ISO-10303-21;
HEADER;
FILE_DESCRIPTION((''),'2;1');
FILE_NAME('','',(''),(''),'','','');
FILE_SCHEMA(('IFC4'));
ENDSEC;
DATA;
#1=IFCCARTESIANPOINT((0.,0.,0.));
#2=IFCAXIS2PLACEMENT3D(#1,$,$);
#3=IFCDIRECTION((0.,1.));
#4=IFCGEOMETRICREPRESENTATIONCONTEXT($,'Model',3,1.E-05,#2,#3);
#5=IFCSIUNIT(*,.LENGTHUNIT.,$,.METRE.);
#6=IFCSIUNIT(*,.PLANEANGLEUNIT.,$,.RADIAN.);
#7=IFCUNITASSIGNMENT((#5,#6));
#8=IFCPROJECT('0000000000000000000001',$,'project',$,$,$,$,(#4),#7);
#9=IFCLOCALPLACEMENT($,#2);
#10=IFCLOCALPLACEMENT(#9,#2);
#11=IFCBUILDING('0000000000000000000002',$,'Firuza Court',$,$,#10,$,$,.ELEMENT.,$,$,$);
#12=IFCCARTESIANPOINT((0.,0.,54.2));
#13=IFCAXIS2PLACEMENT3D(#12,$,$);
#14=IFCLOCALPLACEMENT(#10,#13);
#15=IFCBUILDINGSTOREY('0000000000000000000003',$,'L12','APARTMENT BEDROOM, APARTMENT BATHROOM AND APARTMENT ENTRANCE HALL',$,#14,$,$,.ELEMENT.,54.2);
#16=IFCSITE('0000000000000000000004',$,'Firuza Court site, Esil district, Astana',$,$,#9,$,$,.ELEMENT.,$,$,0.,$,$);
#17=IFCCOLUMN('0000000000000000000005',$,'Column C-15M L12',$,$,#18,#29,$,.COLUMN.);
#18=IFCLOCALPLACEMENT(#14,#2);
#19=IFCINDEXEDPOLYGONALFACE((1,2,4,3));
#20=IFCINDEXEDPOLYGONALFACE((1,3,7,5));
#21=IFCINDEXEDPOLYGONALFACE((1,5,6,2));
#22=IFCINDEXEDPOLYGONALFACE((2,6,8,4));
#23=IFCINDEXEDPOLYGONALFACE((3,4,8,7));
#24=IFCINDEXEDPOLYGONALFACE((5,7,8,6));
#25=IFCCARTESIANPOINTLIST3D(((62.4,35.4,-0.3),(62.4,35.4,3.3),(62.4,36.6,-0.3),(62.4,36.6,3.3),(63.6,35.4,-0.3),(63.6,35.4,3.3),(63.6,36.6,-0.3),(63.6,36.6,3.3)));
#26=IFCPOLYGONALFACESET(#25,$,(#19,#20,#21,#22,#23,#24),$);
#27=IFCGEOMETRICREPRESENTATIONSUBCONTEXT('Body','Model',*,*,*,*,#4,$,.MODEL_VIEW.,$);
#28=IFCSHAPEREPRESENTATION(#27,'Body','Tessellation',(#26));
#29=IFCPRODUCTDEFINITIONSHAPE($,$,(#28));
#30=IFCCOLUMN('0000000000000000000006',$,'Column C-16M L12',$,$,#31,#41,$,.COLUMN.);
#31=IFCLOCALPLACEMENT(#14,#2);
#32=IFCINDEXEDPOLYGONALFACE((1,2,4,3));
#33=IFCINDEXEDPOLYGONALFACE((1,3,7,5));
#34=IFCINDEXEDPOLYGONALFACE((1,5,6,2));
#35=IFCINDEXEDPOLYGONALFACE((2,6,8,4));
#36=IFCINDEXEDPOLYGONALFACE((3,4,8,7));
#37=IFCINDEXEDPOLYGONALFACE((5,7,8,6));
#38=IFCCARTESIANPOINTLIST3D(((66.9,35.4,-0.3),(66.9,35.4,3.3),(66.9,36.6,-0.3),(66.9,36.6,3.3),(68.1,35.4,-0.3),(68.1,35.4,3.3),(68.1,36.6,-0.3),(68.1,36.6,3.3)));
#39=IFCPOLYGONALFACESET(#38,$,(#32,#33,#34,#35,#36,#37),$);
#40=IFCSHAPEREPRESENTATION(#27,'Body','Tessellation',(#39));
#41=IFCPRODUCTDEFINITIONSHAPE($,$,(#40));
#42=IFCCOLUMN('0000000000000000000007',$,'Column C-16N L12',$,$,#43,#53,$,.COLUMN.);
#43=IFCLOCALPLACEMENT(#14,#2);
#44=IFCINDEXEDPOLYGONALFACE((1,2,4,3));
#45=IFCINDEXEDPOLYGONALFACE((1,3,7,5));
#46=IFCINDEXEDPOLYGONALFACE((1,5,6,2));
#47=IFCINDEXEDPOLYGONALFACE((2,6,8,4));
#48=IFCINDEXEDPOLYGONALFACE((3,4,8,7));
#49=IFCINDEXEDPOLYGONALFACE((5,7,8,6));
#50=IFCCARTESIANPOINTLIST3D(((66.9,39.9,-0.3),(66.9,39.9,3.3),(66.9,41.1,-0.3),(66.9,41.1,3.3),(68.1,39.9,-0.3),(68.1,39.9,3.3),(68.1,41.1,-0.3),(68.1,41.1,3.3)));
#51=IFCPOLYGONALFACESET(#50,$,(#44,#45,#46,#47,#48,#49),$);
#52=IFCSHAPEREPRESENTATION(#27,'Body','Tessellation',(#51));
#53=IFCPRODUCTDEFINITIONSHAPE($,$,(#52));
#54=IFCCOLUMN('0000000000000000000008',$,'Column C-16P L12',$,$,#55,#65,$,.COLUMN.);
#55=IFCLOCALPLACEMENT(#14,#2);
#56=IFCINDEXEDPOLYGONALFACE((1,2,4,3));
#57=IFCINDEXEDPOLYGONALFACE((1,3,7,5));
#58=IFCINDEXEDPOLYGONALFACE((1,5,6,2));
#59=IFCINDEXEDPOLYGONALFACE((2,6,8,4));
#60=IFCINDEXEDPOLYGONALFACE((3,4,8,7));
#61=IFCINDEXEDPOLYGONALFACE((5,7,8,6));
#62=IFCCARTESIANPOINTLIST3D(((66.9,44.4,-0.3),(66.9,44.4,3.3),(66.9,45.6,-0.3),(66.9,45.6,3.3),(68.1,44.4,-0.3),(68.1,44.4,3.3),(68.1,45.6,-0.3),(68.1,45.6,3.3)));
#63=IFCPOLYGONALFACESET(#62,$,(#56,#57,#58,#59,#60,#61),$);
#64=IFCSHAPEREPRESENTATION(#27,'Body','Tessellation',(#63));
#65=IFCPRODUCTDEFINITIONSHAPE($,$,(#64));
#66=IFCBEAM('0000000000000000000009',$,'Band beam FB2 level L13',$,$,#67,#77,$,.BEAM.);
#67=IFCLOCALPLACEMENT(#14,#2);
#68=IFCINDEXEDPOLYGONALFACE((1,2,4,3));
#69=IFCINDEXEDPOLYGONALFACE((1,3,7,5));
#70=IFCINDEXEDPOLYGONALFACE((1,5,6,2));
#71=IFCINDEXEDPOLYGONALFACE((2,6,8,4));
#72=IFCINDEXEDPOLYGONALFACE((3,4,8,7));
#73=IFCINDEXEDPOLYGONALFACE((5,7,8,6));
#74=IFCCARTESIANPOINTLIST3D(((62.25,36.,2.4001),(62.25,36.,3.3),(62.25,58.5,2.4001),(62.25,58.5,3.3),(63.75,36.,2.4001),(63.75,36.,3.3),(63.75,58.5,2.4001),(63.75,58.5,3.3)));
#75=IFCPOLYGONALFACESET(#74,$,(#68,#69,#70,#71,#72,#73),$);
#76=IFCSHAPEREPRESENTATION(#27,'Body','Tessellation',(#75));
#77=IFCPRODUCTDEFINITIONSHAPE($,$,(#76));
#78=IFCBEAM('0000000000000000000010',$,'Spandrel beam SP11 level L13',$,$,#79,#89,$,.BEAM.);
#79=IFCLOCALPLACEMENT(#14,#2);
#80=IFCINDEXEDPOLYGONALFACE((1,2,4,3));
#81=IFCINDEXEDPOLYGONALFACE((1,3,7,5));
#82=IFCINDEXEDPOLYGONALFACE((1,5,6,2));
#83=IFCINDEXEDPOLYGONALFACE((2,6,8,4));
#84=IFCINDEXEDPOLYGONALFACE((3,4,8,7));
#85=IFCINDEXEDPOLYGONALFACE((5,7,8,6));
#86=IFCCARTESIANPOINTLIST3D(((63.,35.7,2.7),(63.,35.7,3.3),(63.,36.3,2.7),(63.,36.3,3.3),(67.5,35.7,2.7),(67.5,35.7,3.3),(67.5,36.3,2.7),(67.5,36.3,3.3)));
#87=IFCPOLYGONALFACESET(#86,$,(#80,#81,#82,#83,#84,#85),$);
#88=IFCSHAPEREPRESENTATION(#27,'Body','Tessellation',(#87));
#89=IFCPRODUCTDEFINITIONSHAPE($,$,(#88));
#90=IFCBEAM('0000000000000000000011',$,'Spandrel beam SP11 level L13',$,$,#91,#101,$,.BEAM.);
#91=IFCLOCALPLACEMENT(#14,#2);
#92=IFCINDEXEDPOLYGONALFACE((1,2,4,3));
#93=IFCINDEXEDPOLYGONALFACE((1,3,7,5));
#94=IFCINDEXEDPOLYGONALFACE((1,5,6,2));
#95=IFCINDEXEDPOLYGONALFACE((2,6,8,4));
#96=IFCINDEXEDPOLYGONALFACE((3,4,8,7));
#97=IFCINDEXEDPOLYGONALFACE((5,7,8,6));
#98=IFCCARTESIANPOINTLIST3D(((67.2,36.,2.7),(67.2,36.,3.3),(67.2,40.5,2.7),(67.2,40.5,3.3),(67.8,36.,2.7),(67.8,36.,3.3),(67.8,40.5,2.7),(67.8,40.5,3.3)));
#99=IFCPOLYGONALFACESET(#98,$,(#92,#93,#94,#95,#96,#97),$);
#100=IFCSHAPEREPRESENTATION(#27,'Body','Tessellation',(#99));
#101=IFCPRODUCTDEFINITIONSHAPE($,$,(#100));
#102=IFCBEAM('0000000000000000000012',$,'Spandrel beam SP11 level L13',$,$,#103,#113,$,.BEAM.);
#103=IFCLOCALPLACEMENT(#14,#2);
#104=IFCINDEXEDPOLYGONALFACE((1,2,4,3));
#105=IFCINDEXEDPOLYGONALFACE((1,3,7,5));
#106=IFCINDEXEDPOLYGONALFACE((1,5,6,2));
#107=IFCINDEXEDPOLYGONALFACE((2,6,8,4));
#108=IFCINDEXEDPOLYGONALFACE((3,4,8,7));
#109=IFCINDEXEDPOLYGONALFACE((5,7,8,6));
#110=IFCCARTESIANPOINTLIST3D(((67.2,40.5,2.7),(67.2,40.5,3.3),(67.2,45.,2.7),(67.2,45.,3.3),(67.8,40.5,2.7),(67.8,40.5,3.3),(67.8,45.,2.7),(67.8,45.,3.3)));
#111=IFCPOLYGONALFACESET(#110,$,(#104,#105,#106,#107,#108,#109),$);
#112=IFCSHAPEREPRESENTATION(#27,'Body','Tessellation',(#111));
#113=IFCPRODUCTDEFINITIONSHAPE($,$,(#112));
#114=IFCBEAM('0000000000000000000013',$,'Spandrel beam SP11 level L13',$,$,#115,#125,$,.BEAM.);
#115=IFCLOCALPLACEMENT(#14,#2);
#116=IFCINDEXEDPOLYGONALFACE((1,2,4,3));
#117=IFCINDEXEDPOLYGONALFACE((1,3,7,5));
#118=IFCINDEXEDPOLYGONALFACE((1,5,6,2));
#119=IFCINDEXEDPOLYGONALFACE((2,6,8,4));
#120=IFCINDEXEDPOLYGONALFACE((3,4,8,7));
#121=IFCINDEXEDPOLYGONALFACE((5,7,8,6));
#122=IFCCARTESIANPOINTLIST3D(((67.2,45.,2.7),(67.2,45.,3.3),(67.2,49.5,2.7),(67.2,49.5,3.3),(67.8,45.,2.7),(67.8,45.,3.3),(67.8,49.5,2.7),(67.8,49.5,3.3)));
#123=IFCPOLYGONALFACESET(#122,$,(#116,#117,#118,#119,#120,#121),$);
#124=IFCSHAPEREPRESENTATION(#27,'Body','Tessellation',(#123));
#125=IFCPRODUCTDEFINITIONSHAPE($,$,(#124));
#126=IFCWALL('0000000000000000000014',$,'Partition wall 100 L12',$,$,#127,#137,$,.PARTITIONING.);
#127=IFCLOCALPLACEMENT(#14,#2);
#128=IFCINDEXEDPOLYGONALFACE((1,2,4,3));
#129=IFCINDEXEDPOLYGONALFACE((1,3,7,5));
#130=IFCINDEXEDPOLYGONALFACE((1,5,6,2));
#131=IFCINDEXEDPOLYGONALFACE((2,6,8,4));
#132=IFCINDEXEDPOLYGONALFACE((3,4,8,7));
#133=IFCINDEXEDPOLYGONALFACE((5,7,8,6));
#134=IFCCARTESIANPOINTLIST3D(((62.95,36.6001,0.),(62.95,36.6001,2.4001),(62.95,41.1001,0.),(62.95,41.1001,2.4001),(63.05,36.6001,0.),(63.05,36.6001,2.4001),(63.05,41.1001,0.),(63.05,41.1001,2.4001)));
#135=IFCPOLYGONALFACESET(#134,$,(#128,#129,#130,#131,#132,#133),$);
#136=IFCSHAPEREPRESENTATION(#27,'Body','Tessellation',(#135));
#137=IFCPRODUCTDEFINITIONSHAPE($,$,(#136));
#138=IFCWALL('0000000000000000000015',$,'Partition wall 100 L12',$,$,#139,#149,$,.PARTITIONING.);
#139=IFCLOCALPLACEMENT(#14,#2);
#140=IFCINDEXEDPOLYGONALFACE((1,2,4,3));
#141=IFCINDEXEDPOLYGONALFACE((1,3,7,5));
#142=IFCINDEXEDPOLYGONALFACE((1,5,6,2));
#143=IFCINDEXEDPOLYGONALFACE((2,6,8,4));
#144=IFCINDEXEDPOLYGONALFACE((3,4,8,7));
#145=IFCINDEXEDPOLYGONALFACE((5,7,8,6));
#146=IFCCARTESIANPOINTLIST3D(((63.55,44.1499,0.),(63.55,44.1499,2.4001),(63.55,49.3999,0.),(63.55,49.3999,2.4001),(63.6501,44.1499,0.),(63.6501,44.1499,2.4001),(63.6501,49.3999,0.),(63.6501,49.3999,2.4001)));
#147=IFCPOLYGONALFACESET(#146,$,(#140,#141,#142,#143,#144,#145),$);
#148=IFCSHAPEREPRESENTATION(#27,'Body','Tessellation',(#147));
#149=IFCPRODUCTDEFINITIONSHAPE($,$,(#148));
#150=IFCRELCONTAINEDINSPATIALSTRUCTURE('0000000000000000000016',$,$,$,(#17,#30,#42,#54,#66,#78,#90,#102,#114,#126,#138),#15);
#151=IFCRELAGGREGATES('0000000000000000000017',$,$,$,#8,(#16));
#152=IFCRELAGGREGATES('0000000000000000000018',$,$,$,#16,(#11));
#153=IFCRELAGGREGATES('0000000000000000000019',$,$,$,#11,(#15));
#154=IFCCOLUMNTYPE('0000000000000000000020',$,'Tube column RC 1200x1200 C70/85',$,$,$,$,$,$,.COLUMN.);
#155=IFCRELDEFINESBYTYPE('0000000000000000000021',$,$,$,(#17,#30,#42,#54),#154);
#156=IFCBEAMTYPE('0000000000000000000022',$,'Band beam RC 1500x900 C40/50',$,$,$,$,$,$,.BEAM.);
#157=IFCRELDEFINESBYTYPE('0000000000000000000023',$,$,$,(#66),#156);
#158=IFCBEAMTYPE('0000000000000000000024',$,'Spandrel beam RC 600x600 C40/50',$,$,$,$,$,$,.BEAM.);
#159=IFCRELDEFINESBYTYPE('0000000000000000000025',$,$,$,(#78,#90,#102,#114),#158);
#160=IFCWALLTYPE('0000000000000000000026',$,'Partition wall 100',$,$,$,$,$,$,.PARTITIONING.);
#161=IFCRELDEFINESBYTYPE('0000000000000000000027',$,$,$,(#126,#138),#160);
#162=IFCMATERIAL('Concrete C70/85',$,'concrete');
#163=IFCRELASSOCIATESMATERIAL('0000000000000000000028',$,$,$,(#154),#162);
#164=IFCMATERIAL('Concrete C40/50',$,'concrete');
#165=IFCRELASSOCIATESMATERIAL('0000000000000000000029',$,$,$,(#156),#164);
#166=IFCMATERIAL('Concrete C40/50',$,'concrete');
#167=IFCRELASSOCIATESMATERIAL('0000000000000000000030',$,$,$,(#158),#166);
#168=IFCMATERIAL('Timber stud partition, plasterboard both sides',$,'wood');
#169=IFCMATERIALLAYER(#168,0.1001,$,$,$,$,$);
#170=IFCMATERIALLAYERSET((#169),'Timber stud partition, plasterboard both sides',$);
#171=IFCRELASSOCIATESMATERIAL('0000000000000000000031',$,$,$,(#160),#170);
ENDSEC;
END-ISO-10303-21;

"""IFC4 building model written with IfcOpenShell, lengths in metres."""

from ifc_helpers import new_model, si_unit, direction, frame, frame_2d, origin, origin_2d, place, context, subcontext, project, spatial, rectangle, extrude, material, layer, layer_set, material_profile, profile_set, type_object, element, save


model = new_model("IFC4")

# Units and contexts
model_context = context("Model", 3, precision=1e-05, world=origin(), true_north=direction((0.0, 1.0)))
body_context = subcontext(model_context, "Body", "Model", "MODEL_VIEW")
ifc_project = project(units=[si_unit("LENGTHUNIT", "METRE"), si_unit("PLANEANGLEUNIT", "RADIAN")], contexts=[model_context])

# Site, building, storey
site_placement = place(None, origin())
site = spatial("IfcSite", under=ifc_project, at=site_placement, Name="Firuza Court site, Esil district, Astana", CompositionType="ELEMENT", RefElevation=0.0)
building_placement = place(site_placement, origin())
building = spatial("IfcBuilding", under=site, at=building_placement, Name="Firuza Court", CompositionType="ELEMENT")
storey_placement = place(building_placement, frame((0.0, 0.0, 54.2)))
storey = spatial("IfcBuildingStorey", under=building, at=storey_placement, Name="L12", Description="APARTMENT BEDROOM, APARTMENT BATHROOM AND APARTMENT ENTRANCE HALL", CompositionType="ELEMENT", Elevation=54.2)

# Columns
ifc_material_1 = material(Name="Concrete C70/85", Category="concrete")
ifc_material_profile_1 = material_profile(ifc_material_1, rectangle(XDim=1.2, YDim=1.2, at=origin_2d()), Name="RC 1200x1200")
ifc_profile_set_1 = profile_set([ifc_material_profile_1], Name="Concrete C70/85")
column_type = type_object("IfcColumnType", Name="Tube column RC 1200x1200 C70/85", PredefinedType="COLUMN", material=ifc_profile_set_1)
for number, where, z_axis, x_axis, name in (
    (1, (63.0, 36.0, -0.3), (0.0, 0.0, 1.0), (1.0, 0.0, 0.0), "Column C-15M L12"),
    (2, (67.5, 36.0, -0.3), (0.0, 0.0, 1.0), (1.0, 0.0, 0.0), "Column C-16M L12"),
    (3, (67.5, 40.5, -0.3), (0.0, 0.0, 1.0), (1.0, 0.0, 0.0), "Column C-16N L12"),
    (4, (67.5, 45.0, -0.3), (0.0, 0.0, 1.0), (1.0, 0.0, 0.0), "Column C-16P L12"),
):
    element("IfcColumn", number, at=place(storey_placement, frame(where, z_axis=z_axis, x_axis=x_axis)), inside=storey, type_object=column_type, Name=name, PredefinedType="COLUMN", context=body_context, shape_type="SweptSolid", body=[
        extrude(rectangle(XDim=1.2, YDim=1.2, at=origin_2d()), origin(), (0.0, 0.0, 1.0), 3.6001),
    ])

# Beams
ifc_material_2 = material(Name="Concrete C40/50", Category="concrete")
ifc_material_profile_2 = material_profile(ifc_material_2, rectangle(XDim=1.5, YDim=0.8999, at=origin_2d()), Name="RC 1500x900")
ifc_profile_set_2 = profile_set([ifc_material_profile_2], Name="Concrete C40/50")
beam_type_1 = type_object("IfcBeamType", Name="Band beam RC 1500x900 C40/50", PredefinedType="BEAM", material=ifc_profile_set_2)
beam_placement = place(storey_placement, frame((63.0, 36.0, 2.8501), z_axis=(0.0, 1.0, 0.0), x_axis=(-1.0, 0.0, 0.0)))
element("IfcBeam", 5, at=beam_placement, inside=storey, type_object=beam_type_1, Name="Band beam FB2 level L13", PredefinedType="BEAM", context=body_context, shape_type="SweptSolid", body=[
    extrude(rectangle(XDim=1.5, YDim=0.8999, at=origin_2d()), origin(), (0.0, 0.0, 1.0), 22.5),
])
ifc_material_3 = material(Name="Concrete C40/50", Category="concrete")
ifc_material_profile_3 = material_profile(ifc_material_3, rectangle(XDim=0.6001, YDim=0.6001, at=origin_2d()), Name="RC 600x600")
ifc_profile_set_3 = profile_set([ifc_material_profile_3], Name="Concrete C40/50")
beam_type_2 = type_object("IfcBeamType", Name="Spandrel beam RC 600x600 C40/50", PredefinedType="BEAM", material=ifc_profile_set_3)
for number, where, z_axis, x_axis, name in (
    (6, (63.0, 36.0, 3.0), (1.0, 0.0, 0.0), (0.0, 1.0, 0.0), "Spandrel beam SP11 level L13"),
    (7, (67.5, 36.0, 3.0), (0.0, 1.0, 0.0), (-1.0, 0.0, 0.0), "Spandrel beam SP11 level L13"),
    (8, (67.5, 40.5, 3.0), (0.0, 1.0, 0.0), (-1.0, 0.0, 0.0), "Spandrel beam SP11 level L13"),
    (9, (67.5, 45.0, 3.0), (0.0, 1.0, 0.0), (-1.0, 0.0, 0.0), "Spandrel beam SP11 level L13"),
):
    element("IfcBeam", number, at=place(storey_placement, frame(where, z_axis=z_axis, x_axis=x_axis)), inside=storey, type_object=beam_type_2, Name=name, PredefinedType="BEAM", context=body_context, shape_type="SweptSolid", body=[
        extrude(rectangle(XDim=0.6001, YDim=0.6001, at=origin_2d()), origin(), (0.0, 0.0, 1.0), 4.5),
    ])

# Walls
ifc_material_4 = material(Name="Timber stud partition, plasterboard both sides", Category="wood")
ifc_layer_1 = layer(ifc_material_4, 0.1001)
ifc_layer_set_1 = layer_set([ifc_layer_1], Name="Timber stud partition, plasterboard both sides")
wall_type_1 = type_object("IfcWallType", Name="Partition wall 100", PredefinedType="PARTITIONING", material=ifc_layer_set_1)
wall_1_placement = place(storey_placement, frame((63.0, 36.6001, 0.0), z_axis=(0.0, 0.0, 1.0), x_axis=(0.0, 1.0, 0.0)))
element("IfcWall", 10, at=wall_1_placement, inside=storey, type_object=wall_type_1, Name="Partition wall 100 L12", PredefinedType="PARTITIONING", context=body_context, shape_type="SweptSolid", body=[
    extrude(rectangle(XDim=4.5, YDim=0.1001, at=frame_2d((2.25, 0.0))), origin(), (0.0, 0.0, 1.0), 2.4001),
])
wall_2_placement = place(storey_placement, frame((63.6001, 44.1499, 0.0), z_axis=(0.0, 0.0, 1.0), x_axis=(0.0, 1.0, 0.0)))
element("IfcWall", 11, at=wall_2_placement, inside=storey, type_object=wall_type_1, Name="Partition wall 100 L12", PredefinedType="PARTITIONING", context=body_context, shape_type="SweptSolid", body=[
    extrude(rectangle(XDim=5.25, YDim=0.1001, at=frame_2d((2.625, 0.0))), origin(), (0.0, 0.0, 1.0), 2.4001),
])

save(model, "model.ifc")
